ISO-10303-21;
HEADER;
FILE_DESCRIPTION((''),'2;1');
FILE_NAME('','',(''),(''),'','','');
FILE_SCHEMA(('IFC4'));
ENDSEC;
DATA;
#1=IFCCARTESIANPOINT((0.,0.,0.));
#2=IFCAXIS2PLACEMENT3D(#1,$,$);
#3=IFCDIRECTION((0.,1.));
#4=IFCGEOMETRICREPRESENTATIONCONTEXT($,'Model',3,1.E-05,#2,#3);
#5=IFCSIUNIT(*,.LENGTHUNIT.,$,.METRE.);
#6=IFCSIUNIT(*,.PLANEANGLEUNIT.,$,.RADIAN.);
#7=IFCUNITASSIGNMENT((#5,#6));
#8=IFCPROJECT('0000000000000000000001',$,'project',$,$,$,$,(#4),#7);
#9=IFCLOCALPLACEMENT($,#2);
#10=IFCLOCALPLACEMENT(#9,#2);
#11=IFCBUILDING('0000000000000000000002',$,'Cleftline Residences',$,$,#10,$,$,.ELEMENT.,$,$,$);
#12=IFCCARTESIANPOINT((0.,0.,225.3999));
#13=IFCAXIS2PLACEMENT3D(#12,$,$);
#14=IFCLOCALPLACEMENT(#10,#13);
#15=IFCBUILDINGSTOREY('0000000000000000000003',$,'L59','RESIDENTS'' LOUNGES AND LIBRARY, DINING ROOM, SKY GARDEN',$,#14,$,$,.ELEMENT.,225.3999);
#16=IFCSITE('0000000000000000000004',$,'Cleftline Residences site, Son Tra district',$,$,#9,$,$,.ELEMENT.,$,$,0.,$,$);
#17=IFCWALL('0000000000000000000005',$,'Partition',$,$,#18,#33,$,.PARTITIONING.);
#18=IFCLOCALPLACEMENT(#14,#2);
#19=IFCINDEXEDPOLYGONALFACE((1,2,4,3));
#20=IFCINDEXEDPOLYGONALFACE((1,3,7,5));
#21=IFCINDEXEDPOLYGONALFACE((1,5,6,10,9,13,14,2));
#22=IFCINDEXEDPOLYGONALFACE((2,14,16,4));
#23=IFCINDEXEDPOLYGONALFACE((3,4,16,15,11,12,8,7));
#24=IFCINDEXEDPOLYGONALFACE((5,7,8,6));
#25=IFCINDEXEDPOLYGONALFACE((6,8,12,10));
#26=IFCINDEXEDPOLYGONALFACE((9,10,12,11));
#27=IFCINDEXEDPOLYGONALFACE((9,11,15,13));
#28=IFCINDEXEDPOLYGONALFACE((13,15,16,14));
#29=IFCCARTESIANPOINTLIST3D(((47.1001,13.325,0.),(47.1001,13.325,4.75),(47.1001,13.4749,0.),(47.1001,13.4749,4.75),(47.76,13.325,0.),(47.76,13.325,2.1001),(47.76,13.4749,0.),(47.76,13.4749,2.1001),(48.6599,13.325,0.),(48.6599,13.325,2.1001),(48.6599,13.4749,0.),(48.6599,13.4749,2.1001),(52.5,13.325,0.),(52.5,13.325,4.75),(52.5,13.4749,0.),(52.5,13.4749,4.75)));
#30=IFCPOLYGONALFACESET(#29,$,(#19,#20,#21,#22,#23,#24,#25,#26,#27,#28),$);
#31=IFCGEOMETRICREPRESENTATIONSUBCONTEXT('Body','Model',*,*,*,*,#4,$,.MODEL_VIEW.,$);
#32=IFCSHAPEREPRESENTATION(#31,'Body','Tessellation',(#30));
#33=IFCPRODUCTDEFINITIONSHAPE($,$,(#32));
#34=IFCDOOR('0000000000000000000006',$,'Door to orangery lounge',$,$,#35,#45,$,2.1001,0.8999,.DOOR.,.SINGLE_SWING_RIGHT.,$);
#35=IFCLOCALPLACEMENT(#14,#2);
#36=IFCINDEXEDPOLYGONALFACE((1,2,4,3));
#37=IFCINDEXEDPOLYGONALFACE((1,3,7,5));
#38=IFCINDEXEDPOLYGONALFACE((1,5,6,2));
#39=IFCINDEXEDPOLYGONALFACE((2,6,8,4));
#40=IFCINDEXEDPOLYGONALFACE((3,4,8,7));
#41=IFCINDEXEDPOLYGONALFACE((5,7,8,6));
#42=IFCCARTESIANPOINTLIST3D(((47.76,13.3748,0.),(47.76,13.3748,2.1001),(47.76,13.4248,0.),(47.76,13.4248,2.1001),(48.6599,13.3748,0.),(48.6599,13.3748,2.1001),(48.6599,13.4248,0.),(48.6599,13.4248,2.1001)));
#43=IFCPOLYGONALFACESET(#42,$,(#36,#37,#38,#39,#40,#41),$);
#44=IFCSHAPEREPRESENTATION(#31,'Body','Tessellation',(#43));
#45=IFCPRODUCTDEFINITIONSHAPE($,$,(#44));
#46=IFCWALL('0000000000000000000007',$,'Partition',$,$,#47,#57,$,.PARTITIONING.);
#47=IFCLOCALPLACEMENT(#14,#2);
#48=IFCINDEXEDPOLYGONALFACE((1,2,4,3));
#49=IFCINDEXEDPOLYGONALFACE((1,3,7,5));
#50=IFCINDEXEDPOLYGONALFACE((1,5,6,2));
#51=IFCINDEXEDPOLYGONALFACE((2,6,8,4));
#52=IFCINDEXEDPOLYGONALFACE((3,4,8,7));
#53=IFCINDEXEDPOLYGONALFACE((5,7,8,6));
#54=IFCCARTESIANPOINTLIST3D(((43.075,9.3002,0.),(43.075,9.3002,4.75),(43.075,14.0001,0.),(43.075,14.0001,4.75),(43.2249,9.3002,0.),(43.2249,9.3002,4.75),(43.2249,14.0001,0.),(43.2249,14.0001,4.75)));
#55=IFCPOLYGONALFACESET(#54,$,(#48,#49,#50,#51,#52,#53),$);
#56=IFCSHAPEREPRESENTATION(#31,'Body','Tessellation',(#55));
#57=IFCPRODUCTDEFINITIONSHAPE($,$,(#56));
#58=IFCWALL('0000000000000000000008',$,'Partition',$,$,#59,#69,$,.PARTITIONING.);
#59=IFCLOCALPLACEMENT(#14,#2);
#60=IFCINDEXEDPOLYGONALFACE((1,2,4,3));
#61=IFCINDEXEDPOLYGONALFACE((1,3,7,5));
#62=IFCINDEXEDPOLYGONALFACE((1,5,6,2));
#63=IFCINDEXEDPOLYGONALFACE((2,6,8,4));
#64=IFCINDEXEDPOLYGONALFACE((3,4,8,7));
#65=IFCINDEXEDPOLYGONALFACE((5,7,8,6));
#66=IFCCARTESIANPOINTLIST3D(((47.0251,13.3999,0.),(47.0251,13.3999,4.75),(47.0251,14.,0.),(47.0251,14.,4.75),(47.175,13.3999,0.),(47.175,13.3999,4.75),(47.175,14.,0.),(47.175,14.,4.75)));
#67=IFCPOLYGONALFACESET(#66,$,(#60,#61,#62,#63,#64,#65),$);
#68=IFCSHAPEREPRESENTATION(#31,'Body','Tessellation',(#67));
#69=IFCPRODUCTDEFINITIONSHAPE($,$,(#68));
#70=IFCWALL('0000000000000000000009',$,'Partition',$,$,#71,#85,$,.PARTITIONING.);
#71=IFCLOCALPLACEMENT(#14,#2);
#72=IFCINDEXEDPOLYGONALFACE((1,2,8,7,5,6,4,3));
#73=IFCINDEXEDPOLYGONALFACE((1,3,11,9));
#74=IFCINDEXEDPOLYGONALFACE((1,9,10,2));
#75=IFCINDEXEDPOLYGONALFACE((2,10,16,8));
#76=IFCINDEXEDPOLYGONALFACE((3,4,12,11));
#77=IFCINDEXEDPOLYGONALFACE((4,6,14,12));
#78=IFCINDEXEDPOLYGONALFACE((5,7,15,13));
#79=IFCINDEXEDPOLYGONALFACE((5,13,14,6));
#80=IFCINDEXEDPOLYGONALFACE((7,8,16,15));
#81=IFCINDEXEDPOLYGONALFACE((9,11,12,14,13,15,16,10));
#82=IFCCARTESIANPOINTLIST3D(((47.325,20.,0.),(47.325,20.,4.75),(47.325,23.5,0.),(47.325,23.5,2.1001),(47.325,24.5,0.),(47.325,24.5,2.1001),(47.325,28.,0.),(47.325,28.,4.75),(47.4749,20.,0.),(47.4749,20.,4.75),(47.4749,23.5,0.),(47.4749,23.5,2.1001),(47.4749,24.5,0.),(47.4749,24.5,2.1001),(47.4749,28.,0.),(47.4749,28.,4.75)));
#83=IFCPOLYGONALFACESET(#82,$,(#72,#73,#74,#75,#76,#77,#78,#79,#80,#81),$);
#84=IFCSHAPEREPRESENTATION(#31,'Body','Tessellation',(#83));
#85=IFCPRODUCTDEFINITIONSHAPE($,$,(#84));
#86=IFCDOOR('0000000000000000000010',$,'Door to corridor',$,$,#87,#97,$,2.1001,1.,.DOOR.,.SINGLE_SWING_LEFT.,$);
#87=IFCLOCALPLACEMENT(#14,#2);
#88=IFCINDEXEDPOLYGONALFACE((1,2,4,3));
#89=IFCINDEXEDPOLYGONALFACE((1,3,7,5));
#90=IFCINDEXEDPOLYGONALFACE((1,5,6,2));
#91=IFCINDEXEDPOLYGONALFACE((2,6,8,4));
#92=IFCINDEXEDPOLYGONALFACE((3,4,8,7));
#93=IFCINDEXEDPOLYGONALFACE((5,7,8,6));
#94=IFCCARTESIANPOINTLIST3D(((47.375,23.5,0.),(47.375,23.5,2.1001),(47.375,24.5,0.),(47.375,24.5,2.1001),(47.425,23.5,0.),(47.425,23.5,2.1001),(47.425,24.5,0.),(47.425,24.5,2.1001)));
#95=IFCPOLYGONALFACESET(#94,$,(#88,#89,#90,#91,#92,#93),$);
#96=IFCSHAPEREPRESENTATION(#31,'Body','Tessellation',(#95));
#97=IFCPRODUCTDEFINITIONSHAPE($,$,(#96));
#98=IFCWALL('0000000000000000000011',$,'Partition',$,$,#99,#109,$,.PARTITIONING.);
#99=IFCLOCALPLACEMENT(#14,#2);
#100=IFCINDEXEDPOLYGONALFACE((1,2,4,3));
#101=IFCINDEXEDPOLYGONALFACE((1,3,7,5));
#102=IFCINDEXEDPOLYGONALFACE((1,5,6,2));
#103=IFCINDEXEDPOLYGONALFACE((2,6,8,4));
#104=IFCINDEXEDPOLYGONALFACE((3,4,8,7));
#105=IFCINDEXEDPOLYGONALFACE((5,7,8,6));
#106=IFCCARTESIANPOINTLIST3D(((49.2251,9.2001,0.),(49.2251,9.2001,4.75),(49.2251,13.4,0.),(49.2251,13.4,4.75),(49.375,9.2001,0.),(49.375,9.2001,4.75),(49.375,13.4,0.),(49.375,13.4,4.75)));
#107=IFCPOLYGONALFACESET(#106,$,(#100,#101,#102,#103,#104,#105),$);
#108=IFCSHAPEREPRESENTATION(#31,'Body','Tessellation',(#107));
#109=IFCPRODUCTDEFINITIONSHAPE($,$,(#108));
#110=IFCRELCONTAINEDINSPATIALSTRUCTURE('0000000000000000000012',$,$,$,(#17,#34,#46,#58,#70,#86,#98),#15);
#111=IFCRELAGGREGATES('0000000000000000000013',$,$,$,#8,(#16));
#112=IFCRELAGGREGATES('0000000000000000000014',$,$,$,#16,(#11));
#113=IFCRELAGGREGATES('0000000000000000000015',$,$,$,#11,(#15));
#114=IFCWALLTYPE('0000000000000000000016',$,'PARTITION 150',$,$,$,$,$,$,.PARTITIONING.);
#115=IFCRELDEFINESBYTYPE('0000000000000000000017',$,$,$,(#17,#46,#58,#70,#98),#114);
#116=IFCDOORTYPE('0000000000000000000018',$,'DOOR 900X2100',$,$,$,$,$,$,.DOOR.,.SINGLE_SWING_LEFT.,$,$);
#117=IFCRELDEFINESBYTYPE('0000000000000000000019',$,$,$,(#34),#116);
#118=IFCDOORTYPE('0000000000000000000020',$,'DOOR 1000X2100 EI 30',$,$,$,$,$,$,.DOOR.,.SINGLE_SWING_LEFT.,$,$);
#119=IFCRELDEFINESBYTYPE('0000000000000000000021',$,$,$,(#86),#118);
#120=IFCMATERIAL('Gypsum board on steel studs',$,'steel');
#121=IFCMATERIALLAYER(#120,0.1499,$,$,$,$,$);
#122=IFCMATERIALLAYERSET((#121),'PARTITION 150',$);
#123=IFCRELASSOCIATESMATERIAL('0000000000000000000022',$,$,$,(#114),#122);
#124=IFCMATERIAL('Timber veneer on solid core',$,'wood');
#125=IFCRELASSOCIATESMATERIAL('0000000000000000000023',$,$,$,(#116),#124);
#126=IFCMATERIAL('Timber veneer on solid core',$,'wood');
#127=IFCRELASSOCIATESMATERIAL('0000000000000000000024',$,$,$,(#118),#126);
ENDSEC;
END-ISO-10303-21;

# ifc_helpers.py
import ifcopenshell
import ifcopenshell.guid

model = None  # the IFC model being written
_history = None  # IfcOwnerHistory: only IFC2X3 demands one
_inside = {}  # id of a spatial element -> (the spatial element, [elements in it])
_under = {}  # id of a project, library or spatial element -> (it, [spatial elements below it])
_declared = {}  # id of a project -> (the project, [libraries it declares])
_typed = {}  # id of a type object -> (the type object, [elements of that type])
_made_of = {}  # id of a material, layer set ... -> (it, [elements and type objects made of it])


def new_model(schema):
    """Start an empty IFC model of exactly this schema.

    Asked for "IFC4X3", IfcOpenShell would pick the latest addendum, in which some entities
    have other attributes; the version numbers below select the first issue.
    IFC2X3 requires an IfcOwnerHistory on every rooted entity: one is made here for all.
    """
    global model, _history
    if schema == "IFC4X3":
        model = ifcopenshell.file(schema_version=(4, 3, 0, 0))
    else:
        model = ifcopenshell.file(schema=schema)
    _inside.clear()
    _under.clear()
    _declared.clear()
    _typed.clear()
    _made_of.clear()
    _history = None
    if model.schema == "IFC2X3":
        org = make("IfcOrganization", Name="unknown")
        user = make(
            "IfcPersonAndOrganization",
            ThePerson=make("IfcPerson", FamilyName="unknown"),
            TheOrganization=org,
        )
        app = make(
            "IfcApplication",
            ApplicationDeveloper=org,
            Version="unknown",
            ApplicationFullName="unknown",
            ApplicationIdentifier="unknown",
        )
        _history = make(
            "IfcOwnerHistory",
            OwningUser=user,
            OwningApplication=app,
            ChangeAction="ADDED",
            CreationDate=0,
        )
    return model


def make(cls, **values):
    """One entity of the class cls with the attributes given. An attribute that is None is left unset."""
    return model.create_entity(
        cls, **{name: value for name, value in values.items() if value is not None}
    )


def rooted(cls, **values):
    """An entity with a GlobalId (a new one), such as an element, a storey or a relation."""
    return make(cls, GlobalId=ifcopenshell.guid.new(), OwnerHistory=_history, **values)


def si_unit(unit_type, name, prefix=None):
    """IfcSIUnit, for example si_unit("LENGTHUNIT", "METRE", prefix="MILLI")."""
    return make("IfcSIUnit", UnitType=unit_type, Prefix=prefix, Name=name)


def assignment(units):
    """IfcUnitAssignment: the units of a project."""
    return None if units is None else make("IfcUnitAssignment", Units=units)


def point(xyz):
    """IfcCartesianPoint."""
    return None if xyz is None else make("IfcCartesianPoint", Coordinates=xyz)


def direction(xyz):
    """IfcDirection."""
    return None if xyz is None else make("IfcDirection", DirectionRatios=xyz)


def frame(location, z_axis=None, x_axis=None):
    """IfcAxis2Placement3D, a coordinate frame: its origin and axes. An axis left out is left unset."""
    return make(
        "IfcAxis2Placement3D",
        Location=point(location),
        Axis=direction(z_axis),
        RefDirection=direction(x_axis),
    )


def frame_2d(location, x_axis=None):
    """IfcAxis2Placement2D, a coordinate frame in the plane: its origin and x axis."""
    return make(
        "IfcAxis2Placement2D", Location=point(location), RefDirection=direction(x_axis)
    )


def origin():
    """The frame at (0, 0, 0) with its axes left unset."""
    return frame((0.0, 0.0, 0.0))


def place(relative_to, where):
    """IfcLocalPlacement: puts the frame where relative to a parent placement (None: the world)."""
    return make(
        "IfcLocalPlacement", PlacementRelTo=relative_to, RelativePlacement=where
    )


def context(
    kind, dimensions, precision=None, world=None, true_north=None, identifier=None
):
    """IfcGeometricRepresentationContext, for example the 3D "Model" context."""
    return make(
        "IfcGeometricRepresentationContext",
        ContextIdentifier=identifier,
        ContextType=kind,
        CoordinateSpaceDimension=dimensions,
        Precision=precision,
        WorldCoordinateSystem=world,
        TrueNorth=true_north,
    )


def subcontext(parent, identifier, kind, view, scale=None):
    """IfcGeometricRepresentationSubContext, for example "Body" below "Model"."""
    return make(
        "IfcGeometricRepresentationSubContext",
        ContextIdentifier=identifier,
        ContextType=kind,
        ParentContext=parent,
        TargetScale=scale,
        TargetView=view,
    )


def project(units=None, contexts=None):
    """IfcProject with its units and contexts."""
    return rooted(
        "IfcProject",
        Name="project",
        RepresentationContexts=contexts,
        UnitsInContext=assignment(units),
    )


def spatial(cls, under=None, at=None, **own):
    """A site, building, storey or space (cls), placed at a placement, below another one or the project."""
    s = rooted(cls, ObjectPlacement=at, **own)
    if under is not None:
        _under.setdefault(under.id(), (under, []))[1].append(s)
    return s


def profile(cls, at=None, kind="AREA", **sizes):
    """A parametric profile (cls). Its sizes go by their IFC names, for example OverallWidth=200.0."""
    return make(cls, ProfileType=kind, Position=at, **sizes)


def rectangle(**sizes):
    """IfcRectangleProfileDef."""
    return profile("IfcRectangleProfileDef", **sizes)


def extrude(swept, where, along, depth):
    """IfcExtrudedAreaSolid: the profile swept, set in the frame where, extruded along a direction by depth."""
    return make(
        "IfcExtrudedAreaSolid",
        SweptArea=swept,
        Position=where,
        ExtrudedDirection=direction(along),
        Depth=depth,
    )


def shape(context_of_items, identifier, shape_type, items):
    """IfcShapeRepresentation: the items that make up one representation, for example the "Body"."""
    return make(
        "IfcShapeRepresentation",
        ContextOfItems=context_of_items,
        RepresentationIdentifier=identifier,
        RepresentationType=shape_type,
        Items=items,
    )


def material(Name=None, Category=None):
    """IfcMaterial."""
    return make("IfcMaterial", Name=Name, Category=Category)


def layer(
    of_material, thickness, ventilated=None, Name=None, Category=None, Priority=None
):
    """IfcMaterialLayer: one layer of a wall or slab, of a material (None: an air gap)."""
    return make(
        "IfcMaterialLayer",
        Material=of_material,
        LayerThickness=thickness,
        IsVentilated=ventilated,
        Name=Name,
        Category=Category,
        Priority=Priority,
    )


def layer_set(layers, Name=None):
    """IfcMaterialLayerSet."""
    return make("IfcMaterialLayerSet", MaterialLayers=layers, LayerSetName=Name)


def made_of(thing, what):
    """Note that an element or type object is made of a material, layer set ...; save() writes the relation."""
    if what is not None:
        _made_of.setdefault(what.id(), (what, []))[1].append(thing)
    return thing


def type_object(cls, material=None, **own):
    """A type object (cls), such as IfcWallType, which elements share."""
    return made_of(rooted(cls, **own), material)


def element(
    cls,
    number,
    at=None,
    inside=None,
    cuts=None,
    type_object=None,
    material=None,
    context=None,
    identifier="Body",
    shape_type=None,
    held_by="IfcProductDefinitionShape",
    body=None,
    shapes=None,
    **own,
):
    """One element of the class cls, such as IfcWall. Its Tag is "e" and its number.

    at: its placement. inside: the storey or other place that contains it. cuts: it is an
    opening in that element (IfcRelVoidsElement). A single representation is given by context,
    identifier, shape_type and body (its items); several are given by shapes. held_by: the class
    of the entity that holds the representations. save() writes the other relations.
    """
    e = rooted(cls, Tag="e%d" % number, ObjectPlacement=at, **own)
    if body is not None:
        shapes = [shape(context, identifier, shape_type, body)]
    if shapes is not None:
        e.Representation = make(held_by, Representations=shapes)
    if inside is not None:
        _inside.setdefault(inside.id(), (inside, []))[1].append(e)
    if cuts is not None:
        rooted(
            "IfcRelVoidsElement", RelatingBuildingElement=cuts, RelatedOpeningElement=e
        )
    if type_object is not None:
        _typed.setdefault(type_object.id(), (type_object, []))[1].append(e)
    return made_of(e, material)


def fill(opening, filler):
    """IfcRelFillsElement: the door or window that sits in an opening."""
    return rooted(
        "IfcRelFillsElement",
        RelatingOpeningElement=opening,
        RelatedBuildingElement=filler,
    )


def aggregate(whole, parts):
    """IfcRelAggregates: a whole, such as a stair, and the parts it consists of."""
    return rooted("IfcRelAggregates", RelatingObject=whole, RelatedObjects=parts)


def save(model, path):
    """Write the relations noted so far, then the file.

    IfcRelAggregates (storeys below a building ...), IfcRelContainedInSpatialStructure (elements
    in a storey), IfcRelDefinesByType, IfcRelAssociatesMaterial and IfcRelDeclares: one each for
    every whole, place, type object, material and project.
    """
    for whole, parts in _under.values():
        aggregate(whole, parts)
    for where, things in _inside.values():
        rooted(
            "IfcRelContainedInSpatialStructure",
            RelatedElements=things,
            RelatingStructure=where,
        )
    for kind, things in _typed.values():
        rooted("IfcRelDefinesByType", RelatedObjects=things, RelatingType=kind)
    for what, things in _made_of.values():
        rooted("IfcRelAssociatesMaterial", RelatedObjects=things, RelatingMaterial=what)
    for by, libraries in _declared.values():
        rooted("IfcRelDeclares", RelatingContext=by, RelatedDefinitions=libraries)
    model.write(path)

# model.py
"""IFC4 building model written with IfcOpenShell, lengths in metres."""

from ifc_helpers import new_model, si_unit, direction, frame, frame_2d, origin, place, context, subcontext, project, spatial, rectangle, extrude, material, layer, layer_set, type_object, element, fill, save


model = new_model("IFC4")

# Units and contexts
model_context = context("Model", 3, precision=1e-05, world=origin(), true_north=direction((0.0, 1.0)))
body_context = subcontext(model_context, "Body", "Model", "MODEL_VIEW")
ifc_project = project(units=[si_unit("LENGTHUNIT", "METRE"), si_unit("PLANEANGLEUNIT", "RADIAN")], contexts=[model_context])

# Site, building, storey
site_placement = place(None, origin())
site = spatial("IfcSite", under=ifc_project, at=site_placement, Name="Cleftline Residences site, Son Tra district", CompositionType="ELEMENT", RefElevation=0.0)
building_placement = place(site_placement, origin())
building = spatial("IfcBuilding", under=site, at=building_placement, Name="Cleftline Residences", CompositionType="ELEMENT")
storey_placement = place(building_placement, frame((0.0, 0.0, 225.3999)))
storey = spatial("IfcBuildingStorey", under=building, at=storey_placement, Name="L59", Description="RESIDENTS' LOUNGES AND LIBRARY, DINING ROOM, SKY GARDEN", CompositionType="ELEMENT", Elevation=225.3999)

# Wall, opening, door
ifc_material_1 = material(Name="Gypsum board on steel studs", Category="steel")
ifc_layer_1 = layer(ifc_material_1, 0.1499)
ifc_layer_set_1 = layer_set([ifc_layer_1], Name="PARTITION 150")
wall_type_1 = type_object("IfcWallType", Name="PARTITION 150", PredefinedType="PARTITIONING", material=ifc_layer_set_1)
wall_1_placement = place(storey_placement, frame((47.1001, 13.3999, 0.0), z_axis=(0.0, 0.0, 1.0), x_axis=(1.0, 0.0, 0.0)))
wall_1 = element("IfcWall", 1, at=wall_1_placement, inside=storey, type_object=wall_type_1, Name="Partition", PredefinedType="PARTITIONING", context=body_context, shape_type="SweptSolid", body=[
    extrude(rectangle(XDim=5.3999, YDim=0.1499, at=frame_2d((2.7, 0.0))), origin(), (0.0, 0.0, 1.0), 4.75),
])
opening_1_placement = place(wall_1_placement, frame((0.6599, 0.0, 0.0)))
opening_1 = element("IfcOpeningElement", 2, at=opening_1_placement, cuts=wall_1, PredefinedType="OPENING", context=body_context, shape_type="SweptSolid", body=[
    extrude(rectangle(XDim=0.8999, YDim=2.1001, at=frame_2d((0.45, 1.05))), frame((0.0, 0.085, 0.0), z_axis=(0.0, -1.0, 0.0), x_axis=(1.0, 0.0, 0.0)), (0.0, 0.0, 1.0), 0.1699),
])
ifc_material_2 = material(Name="Timber veneer on solid core", Category="wood")
door_type_1 = type_object("IfcDoorType", Name="DOOR 900X2100", OperationType="SINGLE_SWING_LEFT", PredefinedType="DOOR", material=ifc_material_2)
door_1_placement = place(opening_1_placement, origin())
door_1 = element("IfcDoor", 3, at=door_1_placement, inside=storey, type_object=door_type_1, Name="Door to orangery lounge", OperationType="SINGLE_SWING_RIGHT", OverallHeight=2.1001, OverallWidth=0.8999, PredefinedType="DOOR", context=body_context, shape_type="SweptSolid", body=[
    extrude(rectangle(XDim=0.8999, YDim=2.1001, at=frame_2d((0.45, 1.05))), frame((0.0, 0.0249, 0.0), z_axis=(0.0, -1.0, 0.0), x_axis=(1.0, 0.0, 0.0)), (0.0, 0.0, 1.0), 0.05),
])
fill(opening_1, door_1)

# Walls
wall_2_placement = place(storey_placement, frame((43.1499, 9.3, 0.0), z_axis=(0.0, 0.0, 1.0), x_axis=(0.0, 1.0, 0.0)))
element("IfcWall", 4, at=wall_2_placement, inside=storey, type_object=wall_type_1, Name="Partition", PredefinedType="PARTITIONING", context=body_context, shape_type="SweptSolid", body=[
    extrude(rectangle(XDim=4.7, YDim=0.1499, at=frame_2d((2.3501, 0.0))), origin(), (0.0, 0.0, 1.0), 4.75),
])
wall_3_placement = place(storey_placement, frame((47.1001, 13.3999, 0.0), z_axis=(0.0, 0.0, 1.0), x_axis=(0.0, 1.0, 0.0)))
element("IfcWall", 5, at=wall_3_placement, inside=storey, type_object=wall_type_1, Name="Partition", PredefinedType="PARTITIONING", context=body_context, shape_type="SweptSolid", body=[
    extrude(rectangle(XDim=0.6001, YDim=0.1499, at=frame_2d((0.3, 0.0))), origin(), (0.0, 0.0, 1.0), 4.75),
])

# Wall, opening, door
wall_4_placement = place(storey_placement, frame((47.3999, 20.0, 0.0), z_axis=(0.0, 0.0, 1.0), x_axis=(0.0, 1.0, 0.0)))
wall_4 = element("IfcWall", 6, at=wall_4_placement, inside=storey, type_object=wall_type_1, Name="Partition", PredefinedType="PARTITIONING", context=body_context, shape_type="SweptSolid", body=[
    extrude(rectangle(XDim=8.0, YDim=0.1499, at=frame_2d((4.0, 0.0))), origin(), (0.0, 0.0, 1.0), 4.75),
])
opening_2_placement = place(wall_4_placement, frame((3.5, 0.0, 0.0)))
opening_2 = element("IfcOpeningElement", 7, at=opening_2_placement, cuts=wall_4, PredefinedType="OPENING", context=body_context, shape_type="SweptSolid", body=[
    extrude(rectangle(XDim=1.0, YDim=2.1001, at=frame_2d((0.5, 1.05))), frame((0.0, 0.085, 0.0), z_axis=(0.0, -1.0, 0.0), x_axis=(1.0, 0.0, 0.0)), (0.0, 0.0, 1.0), 0.1699),
])
ifc_material_3 = material(Name="Timber veneer on solid core", Category="wood")
door_type_2 = type_object("IfcDoorType", Name="DOOR 1000X2100 EI 30", OperationType="SINGLE_SWING_LEFT", PredefinedType="DOOR", material=ifc_material_3)
door_2_placement = place(opening_2_placement, origin())
door_2 = element("IfcDoor", 8, at=door_2_placement, inside=storey, type_object=door_type_2, Name="Door to corridor", OperationType="SINGLE_SWING_LEFT", OverallHeight=2.1001, OverallWidth=1.0, PredefinedType="DOOR", context=body_context, shape_type="SweptSolid", body=[
    extrude(rectangle(XDim=1.0, YDim=2.1001, at=frame_2d((0.5, 1.05))), frame((0.0, 0.0249, 0.0), z_axis=(0.0, -1.0, 0.0), x_axis=(1.0, 0.0, 0.0)), (0.0, 0.0, 1.0), 0.05),
])
fill(opening_2, door_2)

# Wall
wall_5_placement = place(storey_placement, frame((49.3, 9.2, 0.0), z_axis=(0.0, 0.0, 1.0), x_axis=(0.0, 1.0, 0.0)))
element("IfcWall", 9, at=wall_5_placement, inside=storey, type_object=wall_type_1, Name="Partition", PredefinedType="PARTITIONING", context=body_context, shape_type="SweptSolid", body=[
    extrude(rectangle(XDim=4.2, YDim=0.1499, at=frame_2d((2.1001, 0.0))), origin(), (0.0, 0.0, 1.0), 4.75),
])

save(model, "model.ifc")
